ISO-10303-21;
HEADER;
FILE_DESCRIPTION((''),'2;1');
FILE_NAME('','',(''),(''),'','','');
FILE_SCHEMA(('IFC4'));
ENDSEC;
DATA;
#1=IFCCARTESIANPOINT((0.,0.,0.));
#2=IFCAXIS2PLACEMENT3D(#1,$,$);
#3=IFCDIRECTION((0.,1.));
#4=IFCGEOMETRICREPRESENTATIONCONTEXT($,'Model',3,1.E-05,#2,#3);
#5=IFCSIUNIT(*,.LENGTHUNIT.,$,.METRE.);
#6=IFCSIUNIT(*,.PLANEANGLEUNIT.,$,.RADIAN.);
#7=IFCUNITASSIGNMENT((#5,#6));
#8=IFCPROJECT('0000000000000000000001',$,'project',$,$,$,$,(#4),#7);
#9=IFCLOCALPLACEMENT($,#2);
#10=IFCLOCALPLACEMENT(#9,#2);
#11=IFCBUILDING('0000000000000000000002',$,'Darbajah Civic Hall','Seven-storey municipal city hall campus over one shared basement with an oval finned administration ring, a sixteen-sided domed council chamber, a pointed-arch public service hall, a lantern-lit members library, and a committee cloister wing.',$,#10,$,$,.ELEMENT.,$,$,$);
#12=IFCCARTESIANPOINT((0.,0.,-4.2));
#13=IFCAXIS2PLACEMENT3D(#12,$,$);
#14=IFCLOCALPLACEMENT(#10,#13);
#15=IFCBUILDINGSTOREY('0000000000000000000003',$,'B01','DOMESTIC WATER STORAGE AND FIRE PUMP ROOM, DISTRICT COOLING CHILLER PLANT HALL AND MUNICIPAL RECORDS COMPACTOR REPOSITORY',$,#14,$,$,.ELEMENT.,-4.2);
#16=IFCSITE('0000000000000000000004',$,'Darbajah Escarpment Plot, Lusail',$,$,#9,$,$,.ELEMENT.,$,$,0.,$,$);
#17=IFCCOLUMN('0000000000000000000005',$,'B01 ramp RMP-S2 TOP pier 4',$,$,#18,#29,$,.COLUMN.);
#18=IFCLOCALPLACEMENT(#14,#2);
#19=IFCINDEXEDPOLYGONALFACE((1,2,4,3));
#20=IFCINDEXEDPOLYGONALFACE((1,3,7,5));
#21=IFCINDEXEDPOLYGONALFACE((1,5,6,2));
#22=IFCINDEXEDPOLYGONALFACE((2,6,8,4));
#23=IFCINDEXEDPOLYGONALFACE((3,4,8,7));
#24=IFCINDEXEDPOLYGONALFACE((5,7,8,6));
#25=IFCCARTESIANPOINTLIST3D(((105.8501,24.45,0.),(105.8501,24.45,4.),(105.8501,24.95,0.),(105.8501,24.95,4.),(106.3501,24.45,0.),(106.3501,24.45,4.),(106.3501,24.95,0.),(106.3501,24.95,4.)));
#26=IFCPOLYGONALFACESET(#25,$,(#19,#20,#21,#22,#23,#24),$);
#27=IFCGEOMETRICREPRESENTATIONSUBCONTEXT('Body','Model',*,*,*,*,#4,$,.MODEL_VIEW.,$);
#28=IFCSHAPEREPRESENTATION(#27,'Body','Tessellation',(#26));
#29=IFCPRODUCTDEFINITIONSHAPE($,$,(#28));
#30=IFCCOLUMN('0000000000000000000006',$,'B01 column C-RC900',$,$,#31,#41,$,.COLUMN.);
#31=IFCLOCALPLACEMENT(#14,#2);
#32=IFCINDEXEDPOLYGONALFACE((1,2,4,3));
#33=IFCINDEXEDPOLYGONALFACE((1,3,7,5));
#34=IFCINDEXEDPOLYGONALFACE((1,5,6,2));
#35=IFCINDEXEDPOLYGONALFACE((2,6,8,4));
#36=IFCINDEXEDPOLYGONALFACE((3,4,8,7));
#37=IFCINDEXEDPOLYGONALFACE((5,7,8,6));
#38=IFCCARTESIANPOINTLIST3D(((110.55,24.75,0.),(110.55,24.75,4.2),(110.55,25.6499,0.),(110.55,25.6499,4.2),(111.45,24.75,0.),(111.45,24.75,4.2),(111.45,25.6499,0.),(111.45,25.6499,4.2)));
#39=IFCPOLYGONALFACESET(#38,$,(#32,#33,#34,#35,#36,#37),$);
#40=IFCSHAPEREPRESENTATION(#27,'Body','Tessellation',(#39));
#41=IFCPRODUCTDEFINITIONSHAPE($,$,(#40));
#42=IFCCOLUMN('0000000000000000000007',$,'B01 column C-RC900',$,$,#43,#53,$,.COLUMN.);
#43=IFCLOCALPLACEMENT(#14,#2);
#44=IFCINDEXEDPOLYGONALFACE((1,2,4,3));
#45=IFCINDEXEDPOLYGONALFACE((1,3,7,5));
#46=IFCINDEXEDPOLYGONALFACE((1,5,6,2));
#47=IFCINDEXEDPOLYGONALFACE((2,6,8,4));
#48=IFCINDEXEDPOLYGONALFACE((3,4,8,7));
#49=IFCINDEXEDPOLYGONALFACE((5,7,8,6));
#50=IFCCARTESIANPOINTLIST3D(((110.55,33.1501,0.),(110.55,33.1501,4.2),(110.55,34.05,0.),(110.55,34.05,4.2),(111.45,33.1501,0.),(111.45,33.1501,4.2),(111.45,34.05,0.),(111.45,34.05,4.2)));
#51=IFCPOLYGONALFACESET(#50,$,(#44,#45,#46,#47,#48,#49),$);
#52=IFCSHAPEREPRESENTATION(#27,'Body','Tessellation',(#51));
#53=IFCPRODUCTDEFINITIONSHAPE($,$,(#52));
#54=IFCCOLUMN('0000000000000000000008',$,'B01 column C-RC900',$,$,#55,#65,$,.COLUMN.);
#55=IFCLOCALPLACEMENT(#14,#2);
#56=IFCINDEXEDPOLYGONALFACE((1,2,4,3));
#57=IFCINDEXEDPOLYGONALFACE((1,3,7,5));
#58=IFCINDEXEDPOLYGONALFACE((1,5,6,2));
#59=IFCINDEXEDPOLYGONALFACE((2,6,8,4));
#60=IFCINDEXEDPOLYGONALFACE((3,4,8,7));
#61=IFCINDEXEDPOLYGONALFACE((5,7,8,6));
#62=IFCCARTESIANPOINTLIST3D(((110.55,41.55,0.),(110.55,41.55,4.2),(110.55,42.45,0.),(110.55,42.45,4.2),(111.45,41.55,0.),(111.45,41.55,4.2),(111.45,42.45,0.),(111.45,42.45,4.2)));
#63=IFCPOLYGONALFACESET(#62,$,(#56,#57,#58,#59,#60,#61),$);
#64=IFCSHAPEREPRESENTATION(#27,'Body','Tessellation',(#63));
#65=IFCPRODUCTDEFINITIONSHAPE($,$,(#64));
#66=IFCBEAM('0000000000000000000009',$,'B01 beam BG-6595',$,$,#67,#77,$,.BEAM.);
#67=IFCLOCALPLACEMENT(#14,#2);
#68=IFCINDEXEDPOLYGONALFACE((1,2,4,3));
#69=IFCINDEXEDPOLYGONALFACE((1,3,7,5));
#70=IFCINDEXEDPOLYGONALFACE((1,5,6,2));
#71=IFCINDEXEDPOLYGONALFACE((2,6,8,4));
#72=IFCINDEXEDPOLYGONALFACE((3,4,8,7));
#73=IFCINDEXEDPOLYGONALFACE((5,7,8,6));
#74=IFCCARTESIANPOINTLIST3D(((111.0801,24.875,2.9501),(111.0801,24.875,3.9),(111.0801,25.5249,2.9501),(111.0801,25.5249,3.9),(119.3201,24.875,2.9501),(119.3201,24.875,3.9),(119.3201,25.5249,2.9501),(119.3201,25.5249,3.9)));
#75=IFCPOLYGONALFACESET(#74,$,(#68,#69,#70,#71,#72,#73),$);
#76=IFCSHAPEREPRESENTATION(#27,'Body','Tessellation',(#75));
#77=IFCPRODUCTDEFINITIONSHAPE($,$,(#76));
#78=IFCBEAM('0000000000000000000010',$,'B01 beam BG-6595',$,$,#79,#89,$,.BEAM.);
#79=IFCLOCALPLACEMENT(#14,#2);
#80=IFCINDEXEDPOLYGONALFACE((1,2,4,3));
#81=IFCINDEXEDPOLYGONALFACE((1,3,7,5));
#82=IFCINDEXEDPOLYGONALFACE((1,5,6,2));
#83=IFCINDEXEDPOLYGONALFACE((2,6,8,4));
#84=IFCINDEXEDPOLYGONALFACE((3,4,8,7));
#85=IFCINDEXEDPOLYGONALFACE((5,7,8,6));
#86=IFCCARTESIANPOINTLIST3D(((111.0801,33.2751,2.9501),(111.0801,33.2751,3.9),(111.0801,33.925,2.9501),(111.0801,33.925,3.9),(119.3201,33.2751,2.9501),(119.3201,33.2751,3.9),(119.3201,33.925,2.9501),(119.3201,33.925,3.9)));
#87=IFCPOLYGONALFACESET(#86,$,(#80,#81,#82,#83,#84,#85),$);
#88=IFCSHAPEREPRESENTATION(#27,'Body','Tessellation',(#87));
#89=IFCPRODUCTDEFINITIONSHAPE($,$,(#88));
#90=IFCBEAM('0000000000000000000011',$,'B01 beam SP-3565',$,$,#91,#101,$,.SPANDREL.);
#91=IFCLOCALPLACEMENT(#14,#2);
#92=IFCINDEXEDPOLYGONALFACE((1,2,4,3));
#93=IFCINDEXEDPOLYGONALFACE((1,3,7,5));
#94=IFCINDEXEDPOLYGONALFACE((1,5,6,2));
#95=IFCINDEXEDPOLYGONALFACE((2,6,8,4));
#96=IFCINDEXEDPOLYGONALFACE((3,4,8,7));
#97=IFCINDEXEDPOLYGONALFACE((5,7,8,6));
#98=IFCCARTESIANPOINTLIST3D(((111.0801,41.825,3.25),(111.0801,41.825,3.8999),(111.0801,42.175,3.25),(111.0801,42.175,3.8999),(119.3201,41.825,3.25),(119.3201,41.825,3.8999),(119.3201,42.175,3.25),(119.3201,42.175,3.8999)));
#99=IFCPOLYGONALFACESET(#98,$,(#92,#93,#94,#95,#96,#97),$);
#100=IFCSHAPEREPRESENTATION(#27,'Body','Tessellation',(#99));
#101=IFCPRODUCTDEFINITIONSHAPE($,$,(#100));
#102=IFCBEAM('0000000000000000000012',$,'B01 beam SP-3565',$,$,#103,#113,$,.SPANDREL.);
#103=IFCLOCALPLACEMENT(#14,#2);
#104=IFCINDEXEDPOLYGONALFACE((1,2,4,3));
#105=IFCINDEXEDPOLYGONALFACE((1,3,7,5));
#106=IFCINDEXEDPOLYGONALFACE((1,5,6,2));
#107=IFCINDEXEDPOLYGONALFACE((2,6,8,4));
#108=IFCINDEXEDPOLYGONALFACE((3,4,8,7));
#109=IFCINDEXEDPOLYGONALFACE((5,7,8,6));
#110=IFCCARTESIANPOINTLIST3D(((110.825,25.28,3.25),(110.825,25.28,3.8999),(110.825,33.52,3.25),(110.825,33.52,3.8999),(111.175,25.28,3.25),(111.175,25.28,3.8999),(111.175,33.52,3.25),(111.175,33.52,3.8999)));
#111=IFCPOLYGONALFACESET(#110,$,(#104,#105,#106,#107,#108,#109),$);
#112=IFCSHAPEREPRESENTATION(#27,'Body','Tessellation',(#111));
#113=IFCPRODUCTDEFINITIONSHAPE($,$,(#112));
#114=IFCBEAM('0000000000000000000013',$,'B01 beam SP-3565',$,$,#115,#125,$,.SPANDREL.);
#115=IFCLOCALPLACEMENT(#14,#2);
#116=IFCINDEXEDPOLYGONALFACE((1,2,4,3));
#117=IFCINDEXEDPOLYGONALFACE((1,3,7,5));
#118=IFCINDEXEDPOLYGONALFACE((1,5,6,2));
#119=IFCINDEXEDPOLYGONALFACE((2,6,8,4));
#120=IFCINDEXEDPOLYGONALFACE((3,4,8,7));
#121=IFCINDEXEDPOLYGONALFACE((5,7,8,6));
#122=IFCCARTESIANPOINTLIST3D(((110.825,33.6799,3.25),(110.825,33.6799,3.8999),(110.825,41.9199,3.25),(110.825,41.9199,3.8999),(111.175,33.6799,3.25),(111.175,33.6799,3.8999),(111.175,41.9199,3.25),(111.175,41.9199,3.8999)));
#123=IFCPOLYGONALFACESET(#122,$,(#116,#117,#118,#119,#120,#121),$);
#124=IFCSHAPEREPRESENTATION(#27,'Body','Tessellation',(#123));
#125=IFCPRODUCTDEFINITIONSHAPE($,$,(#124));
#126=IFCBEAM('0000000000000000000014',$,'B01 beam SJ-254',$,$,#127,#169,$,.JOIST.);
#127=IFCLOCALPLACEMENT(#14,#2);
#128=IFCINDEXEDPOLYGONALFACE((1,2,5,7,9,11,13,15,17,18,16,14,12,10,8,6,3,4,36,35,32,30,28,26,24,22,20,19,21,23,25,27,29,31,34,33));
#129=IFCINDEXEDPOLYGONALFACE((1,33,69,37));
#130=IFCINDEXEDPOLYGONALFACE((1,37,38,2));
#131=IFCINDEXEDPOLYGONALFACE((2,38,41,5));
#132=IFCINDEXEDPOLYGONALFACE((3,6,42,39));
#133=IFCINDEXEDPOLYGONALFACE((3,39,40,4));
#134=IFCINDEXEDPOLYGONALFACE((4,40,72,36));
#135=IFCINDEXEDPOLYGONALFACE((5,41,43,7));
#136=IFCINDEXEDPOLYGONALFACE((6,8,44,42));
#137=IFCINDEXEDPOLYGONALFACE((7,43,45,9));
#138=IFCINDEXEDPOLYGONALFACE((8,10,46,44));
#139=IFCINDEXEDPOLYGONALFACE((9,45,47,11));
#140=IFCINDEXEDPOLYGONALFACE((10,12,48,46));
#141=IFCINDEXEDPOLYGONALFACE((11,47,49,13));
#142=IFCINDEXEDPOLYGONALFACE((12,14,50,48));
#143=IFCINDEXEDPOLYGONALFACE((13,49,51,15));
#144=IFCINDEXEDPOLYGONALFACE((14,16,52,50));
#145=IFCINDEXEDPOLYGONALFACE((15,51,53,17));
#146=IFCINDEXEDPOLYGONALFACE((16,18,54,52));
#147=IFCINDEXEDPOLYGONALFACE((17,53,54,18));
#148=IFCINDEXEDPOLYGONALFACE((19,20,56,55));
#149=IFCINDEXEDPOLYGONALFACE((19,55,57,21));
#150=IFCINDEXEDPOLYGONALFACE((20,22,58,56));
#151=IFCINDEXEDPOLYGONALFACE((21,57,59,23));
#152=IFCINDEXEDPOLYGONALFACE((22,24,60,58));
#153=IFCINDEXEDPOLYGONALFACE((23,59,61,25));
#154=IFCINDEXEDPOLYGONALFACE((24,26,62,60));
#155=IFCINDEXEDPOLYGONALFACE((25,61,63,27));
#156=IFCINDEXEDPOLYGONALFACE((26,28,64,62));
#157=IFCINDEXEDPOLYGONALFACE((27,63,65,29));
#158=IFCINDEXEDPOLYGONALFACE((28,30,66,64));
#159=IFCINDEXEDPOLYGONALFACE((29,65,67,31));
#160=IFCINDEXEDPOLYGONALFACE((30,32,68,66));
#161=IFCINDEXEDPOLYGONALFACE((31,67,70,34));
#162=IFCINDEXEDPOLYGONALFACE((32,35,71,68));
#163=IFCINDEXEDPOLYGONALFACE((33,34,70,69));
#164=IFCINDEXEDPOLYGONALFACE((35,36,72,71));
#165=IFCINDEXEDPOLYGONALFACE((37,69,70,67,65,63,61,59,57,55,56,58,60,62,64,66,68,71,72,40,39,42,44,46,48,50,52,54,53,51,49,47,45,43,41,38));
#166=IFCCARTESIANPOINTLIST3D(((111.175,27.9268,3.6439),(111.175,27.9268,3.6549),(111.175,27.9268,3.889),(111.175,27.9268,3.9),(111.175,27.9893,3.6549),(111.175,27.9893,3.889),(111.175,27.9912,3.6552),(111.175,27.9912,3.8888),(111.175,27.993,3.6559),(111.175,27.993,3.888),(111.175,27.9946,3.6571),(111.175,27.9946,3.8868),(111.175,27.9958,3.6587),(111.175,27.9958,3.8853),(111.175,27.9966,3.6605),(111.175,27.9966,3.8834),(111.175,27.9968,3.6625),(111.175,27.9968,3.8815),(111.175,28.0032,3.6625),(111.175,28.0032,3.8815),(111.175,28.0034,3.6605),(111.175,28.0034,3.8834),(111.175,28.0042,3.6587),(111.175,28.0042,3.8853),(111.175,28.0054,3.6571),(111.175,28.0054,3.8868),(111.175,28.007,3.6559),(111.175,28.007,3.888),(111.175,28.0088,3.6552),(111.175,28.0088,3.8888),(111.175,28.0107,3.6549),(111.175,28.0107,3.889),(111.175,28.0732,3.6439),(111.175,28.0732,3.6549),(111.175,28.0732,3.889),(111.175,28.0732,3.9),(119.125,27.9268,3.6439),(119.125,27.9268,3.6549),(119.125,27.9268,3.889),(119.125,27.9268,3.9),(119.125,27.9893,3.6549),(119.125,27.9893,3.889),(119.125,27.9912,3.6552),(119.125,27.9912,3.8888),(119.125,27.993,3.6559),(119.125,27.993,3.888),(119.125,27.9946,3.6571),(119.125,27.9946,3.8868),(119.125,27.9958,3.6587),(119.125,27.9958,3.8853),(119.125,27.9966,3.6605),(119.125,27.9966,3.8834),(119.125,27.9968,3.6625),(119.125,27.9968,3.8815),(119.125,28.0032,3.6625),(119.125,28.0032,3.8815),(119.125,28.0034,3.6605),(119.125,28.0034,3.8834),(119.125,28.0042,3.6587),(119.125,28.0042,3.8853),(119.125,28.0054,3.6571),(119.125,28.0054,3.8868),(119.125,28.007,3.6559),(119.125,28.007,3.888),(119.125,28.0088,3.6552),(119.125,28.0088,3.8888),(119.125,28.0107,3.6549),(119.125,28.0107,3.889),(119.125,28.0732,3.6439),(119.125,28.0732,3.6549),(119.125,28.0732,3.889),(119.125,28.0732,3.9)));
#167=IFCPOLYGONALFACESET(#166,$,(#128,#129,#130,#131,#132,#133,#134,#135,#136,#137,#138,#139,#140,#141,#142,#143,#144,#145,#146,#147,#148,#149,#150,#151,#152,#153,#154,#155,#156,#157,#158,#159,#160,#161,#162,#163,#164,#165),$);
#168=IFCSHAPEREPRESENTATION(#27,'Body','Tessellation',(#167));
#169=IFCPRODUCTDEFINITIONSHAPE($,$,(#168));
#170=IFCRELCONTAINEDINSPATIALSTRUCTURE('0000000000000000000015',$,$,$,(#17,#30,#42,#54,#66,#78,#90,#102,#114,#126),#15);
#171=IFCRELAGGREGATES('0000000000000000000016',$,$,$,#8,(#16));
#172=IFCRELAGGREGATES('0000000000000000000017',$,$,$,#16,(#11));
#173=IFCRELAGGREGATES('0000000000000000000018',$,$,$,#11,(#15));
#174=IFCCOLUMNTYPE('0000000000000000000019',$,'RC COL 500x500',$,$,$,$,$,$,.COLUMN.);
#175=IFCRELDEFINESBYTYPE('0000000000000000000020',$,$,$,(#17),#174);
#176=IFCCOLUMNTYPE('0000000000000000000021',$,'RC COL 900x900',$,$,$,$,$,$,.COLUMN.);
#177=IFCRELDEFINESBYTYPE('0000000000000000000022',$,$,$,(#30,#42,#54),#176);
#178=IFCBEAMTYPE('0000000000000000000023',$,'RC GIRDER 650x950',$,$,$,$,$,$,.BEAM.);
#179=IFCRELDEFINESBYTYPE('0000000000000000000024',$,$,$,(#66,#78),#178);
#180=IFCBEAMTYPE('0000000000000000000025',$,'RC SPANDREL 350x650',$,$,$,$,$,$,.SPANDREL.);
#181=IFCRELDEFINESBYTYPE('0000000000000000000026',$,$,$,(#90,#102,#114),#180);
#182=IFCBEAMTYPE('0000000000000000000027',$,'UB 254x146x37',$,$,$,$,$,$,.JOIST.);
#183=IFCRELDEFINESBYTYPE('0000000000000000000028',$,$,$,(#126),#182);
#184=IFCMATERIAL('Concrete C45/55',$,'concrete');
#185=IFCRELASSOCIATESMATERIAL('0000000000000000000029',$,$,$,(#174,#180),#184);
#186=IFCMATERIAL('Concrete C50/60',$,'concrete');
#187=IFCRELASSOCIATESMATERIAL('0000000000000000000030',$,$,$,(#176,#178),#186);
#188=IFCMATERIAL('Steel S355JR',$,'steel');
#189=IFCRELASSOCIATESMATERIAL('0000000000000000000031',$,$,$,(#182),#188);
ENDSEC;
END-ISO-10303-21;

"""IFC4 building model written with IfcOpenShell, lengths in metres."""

from ifc_helpers import new_model, si_unit, direction, frame, origin, origin_2d, place, context, subcontext, project, spatial, rectangle, i_section, extrude, material, material_profile, profile_set, type_object, element, save


model = new_model("IFC4")

# Units and contexts
model_context = context("Model", 3, precision=1e-05, world=origin(), true_north=direction((0.0, 1.0)))
body_context = subcontext(model_context, "Body", "Model", "MODEL_VIEW")
ifc_project = project(units=[si_unit("LENGTHUNIT", "METRE"), si_unit("PLANEANGLEUNIT", "RADIAN")], contexts=[model_context])

# Site, building, storey
site_placement = place(None, origin())
site = spatial("IfcSite", under=ifc_project, at=site_placement, Name="Darbajah Escarpment Plot, Lusail", CompositionType="ELEMENT", RefElevation=0.0)
building_placement = place(site_placement, origin())
building = spatial("IfcBuilding", under=site, at=building_placement, Name="Darbajah Civic Hall", Description="Seven-storey municipal city hall campus over one shared basement with an oval finned administration ring, a sixteen-sided domed council chamber, a pointed-arch public service hall, a lantern-lit members library, and a committee cloister wing.", CompositionType="ELEMENT")
storey_placement = place(building_placement, frame((0.0, 0.0, -4.2)))
storey = spatial("IfcBuildingStorey", under=building, at=storey_placement, Name="B01", Description="DOMESTIC WATER STORAGE AND FIRE PUMP ROOM, DISTRICT COOLING CHILLER PLANT HALL AND MUNICIPAL RECORDS COMPACTOR REPOSITORY", CompositionType="ELEMENT", Elevation=-4.2)

# Shared definitions
ifc_material_1 = material(Name="Concrete C45/55", Category="concrete")

# Columns
ifc_material_profile_1 = material_profile(ifc_material_1, rectangle(XDim=0.5, YDim=0.5, at=origin_2d()), Name="RC COL 500x500")
ifc_profile_set_1 = profile_set([ifc_material_profile_1], Name="Concrete C45/55")
column_type_1 = type_object("IfcColumnType", Name="RC COL 500x500", PredefinedType="COLUMN", material=ifc_profile_set_1)
for number, where, z_axis, x_axis, name in (
    (1, (106.1001, 24.7, 0.0), (0.0, 0.0, 1.0), (1.0, 0.0, 0.0), "B01 ramp RMP-S2 TOP pier 4"),
):
    element("IfcColumn", number, at=place(storey_placement, frame(where, z_axis=z_axis, x_axis=x_axis)), inside=storey, type_object=column_type_1, Name=name, PredefinedType="COLUMN", context=body_context, shape_type="SweptSolid", body=[
        extrude(rectangle(XDim=0.5, YDim=0.5, at=origin_2d()), origin(), (0.0, 0.0, 1.0), 4.0),
    ])
ifc_material_2 = material(Name="Concrete C50/60", Category="concrete")
ifc_material_profile_2 = material_profile(ifc_material_2, rectangle(XDim=0.8999, YDim=0.8999, at=origin_2d()), Name="RC COL 900x900")
ifc_profile_set_2 = profile_set([ifc_material_profile_2], Name="Concrete C50/60")
column_type_2 = type_object("IfcColumnType", Name="RC COL 900x900", PredefinedType="COLUMN", material=ifc_profile_set_2)
for number, where, z_axis, x_axis, name in (
    (2, (111.0, 25.2, 0.0), (0.0, 0.0, 1.0), (1.0, 0.0, 0.0), "B01 column C-RC900"),
    (3, (111.0, 33.6001, 0.0), (0.0, 0.0, 1.0), (1.0, 0.0, 0.0), "B01 column C-RC900"),
    (4, (111.0, 42.0, 0.0), (0.0, 0.0, 1.0), (1.0, 0.0, 0.0), "B01 column C-RC900"),
):
    element("IfcColumn", number, at=place(storey_placement, frame(where, z_axis=z_axis, x_axis=x_axis)), inside=storey, type_object=column_type_2, Name=name, PredefinedType="COLUMN", context=body_context, shape_type="SweptSolid", body=[
        extrude(rectangle(XDim=0.8999, YDim=0.8999, at=origin_2d()), origin(), (0.0, 0.0, 1.0), 4.2),
    ])

# Beams
ifc_material_profile_3 = material_profile(ifc_material_2, rectangle(XDim=0.6499, YDim=0.95, at=origin_2d()), Name="RC GIRDER 650x950")
ifc_profile_set_3 = profile_set([ifc_material_profile_3], Name="Concrete C50/60")
beam_type_1 = type_object("IfcBeamType", Name="RC GIRDER 650x950", PredefinedType="BEAM", material=ifc_profile_set_3)
for number, where, z_axis, x_axis, name in (
    (5, (111.0801, 25.2, 3.425), (1.0, 0.0, 0.0), (0.0, 1.0, 0.0), "B01 beam BG-6595"),
    (6, (111.0801, 33.6001, 3.425), (1.0, 0.0, 0.0), (0.0, 1.0, 0.0), "B01 beam BG-6595"),
):
    element("IfcBeam", number, at=place(storey_placement, frame(where, z_axis=z_axis, x_axis=x_axis)), inside=storey, type_object=beam_type_1, Name=name, PredefinedType="BEAM", context=body_context, shape_type="SweptSolid", body=[
        extrude(rectangle(XDim=0.6499, YDim=0.95, at=origin_2d()), origin(), (0.0, 0.0, 1.0), 8.24),
    ])
ifc_material_profile_4 = material_profile(ifc_material_1, rectangle(XDim=0.3501, YDim=0.6499, at=origin_2d()), Name="RC SPANDREL 350x650")
ifc_profile_set_4 = profile_set([ifc_material_profile_4], Name="Concrete C45/55")
beam_type_2 = type_object("IfcBeamType", Name="RC SPANDREL 350x650", PredefinedType="SPANDREL", material=ifc_profile_set_4)
for number, where, z_axis, x_axis, name in (
    (7, (111.0801, 42.0, 3.575), (1.0, 0.0, 0.0), (0.0, 1.0, 0.0), "B01 beam SP-3565"),
    (8, (111.0, 25.28, 3.575), (0.0, 1.0, 0.0), (-1.0, 0.0, 0.0), "B01 beam SP-3565"),
    (9, (111.0, 33.6799, 3.575), (0.0, 1.0, 0.0), (-1.0, 0.0, 0.0), "B01 beam SP-3565"),
):
    element("IfcBeam", number, at=place(storey_placement, frame(where, z_axis=z_axis, x_axis=x_axis)), inside=storey, type_object=beam_type_2, Name=name, PredefinedType="SPANDREL", context=body_context, shape_type="SweptSolid", body=[
        extrude(rectangle(XDim=0.3501, YDim=0.6499, at=origin_2d()), origin(), (0.0, 0.0, 1.0), 8.24),
    ])
ifc_material_3 = material(Name="Steel S355JR", Category="steel")
ifc_material_profile_5 = material_profile(ifc_material_3, i_section(OverallWidth=0.1465, OverallDepth=0.2561, WebThickness=0.0063, FlangeThickness=0.011, FilletRadius=0.0076, at=origin_2d()), Name="UB 254x146x37")
ifc_profile_set_5 = profile_set([ifc_material_profile_5], Name="Steel S355JR")
beam_type_3 = type_object("IfcBeamType", Name="UB 254x146x37", PredefinedType="JOIST", material=ifc_profile_set_5)
for number, where, z_axis, x_axis, name in (
    (10, (111.175, 28.0, 3.772), (1.0, 0.0, 0.0), (0.0, 1.0, 0.0), "B01 beam SJ-254"),
):
    element("IfcBeam", number, at=place(storey_placement, frame(where, z_axis=z_axis, x_axis=x_axis)), inside=storey, type_object=beam_type_3, Name=name, PredefinedType="JOIST", context=body_context, shape_type="SweptSolid", body=[
        extrude(i_section(OverallWidth=0.1465, OverallDepth=0.2561, WebThickness=0.0063, FlangeThickness=0.011, FilletRadius=0.0076, at=origin_2d()), origin(), (0.0, 0.0, 1.0), 7.95),
    ])

save(model, "model.ifc")
